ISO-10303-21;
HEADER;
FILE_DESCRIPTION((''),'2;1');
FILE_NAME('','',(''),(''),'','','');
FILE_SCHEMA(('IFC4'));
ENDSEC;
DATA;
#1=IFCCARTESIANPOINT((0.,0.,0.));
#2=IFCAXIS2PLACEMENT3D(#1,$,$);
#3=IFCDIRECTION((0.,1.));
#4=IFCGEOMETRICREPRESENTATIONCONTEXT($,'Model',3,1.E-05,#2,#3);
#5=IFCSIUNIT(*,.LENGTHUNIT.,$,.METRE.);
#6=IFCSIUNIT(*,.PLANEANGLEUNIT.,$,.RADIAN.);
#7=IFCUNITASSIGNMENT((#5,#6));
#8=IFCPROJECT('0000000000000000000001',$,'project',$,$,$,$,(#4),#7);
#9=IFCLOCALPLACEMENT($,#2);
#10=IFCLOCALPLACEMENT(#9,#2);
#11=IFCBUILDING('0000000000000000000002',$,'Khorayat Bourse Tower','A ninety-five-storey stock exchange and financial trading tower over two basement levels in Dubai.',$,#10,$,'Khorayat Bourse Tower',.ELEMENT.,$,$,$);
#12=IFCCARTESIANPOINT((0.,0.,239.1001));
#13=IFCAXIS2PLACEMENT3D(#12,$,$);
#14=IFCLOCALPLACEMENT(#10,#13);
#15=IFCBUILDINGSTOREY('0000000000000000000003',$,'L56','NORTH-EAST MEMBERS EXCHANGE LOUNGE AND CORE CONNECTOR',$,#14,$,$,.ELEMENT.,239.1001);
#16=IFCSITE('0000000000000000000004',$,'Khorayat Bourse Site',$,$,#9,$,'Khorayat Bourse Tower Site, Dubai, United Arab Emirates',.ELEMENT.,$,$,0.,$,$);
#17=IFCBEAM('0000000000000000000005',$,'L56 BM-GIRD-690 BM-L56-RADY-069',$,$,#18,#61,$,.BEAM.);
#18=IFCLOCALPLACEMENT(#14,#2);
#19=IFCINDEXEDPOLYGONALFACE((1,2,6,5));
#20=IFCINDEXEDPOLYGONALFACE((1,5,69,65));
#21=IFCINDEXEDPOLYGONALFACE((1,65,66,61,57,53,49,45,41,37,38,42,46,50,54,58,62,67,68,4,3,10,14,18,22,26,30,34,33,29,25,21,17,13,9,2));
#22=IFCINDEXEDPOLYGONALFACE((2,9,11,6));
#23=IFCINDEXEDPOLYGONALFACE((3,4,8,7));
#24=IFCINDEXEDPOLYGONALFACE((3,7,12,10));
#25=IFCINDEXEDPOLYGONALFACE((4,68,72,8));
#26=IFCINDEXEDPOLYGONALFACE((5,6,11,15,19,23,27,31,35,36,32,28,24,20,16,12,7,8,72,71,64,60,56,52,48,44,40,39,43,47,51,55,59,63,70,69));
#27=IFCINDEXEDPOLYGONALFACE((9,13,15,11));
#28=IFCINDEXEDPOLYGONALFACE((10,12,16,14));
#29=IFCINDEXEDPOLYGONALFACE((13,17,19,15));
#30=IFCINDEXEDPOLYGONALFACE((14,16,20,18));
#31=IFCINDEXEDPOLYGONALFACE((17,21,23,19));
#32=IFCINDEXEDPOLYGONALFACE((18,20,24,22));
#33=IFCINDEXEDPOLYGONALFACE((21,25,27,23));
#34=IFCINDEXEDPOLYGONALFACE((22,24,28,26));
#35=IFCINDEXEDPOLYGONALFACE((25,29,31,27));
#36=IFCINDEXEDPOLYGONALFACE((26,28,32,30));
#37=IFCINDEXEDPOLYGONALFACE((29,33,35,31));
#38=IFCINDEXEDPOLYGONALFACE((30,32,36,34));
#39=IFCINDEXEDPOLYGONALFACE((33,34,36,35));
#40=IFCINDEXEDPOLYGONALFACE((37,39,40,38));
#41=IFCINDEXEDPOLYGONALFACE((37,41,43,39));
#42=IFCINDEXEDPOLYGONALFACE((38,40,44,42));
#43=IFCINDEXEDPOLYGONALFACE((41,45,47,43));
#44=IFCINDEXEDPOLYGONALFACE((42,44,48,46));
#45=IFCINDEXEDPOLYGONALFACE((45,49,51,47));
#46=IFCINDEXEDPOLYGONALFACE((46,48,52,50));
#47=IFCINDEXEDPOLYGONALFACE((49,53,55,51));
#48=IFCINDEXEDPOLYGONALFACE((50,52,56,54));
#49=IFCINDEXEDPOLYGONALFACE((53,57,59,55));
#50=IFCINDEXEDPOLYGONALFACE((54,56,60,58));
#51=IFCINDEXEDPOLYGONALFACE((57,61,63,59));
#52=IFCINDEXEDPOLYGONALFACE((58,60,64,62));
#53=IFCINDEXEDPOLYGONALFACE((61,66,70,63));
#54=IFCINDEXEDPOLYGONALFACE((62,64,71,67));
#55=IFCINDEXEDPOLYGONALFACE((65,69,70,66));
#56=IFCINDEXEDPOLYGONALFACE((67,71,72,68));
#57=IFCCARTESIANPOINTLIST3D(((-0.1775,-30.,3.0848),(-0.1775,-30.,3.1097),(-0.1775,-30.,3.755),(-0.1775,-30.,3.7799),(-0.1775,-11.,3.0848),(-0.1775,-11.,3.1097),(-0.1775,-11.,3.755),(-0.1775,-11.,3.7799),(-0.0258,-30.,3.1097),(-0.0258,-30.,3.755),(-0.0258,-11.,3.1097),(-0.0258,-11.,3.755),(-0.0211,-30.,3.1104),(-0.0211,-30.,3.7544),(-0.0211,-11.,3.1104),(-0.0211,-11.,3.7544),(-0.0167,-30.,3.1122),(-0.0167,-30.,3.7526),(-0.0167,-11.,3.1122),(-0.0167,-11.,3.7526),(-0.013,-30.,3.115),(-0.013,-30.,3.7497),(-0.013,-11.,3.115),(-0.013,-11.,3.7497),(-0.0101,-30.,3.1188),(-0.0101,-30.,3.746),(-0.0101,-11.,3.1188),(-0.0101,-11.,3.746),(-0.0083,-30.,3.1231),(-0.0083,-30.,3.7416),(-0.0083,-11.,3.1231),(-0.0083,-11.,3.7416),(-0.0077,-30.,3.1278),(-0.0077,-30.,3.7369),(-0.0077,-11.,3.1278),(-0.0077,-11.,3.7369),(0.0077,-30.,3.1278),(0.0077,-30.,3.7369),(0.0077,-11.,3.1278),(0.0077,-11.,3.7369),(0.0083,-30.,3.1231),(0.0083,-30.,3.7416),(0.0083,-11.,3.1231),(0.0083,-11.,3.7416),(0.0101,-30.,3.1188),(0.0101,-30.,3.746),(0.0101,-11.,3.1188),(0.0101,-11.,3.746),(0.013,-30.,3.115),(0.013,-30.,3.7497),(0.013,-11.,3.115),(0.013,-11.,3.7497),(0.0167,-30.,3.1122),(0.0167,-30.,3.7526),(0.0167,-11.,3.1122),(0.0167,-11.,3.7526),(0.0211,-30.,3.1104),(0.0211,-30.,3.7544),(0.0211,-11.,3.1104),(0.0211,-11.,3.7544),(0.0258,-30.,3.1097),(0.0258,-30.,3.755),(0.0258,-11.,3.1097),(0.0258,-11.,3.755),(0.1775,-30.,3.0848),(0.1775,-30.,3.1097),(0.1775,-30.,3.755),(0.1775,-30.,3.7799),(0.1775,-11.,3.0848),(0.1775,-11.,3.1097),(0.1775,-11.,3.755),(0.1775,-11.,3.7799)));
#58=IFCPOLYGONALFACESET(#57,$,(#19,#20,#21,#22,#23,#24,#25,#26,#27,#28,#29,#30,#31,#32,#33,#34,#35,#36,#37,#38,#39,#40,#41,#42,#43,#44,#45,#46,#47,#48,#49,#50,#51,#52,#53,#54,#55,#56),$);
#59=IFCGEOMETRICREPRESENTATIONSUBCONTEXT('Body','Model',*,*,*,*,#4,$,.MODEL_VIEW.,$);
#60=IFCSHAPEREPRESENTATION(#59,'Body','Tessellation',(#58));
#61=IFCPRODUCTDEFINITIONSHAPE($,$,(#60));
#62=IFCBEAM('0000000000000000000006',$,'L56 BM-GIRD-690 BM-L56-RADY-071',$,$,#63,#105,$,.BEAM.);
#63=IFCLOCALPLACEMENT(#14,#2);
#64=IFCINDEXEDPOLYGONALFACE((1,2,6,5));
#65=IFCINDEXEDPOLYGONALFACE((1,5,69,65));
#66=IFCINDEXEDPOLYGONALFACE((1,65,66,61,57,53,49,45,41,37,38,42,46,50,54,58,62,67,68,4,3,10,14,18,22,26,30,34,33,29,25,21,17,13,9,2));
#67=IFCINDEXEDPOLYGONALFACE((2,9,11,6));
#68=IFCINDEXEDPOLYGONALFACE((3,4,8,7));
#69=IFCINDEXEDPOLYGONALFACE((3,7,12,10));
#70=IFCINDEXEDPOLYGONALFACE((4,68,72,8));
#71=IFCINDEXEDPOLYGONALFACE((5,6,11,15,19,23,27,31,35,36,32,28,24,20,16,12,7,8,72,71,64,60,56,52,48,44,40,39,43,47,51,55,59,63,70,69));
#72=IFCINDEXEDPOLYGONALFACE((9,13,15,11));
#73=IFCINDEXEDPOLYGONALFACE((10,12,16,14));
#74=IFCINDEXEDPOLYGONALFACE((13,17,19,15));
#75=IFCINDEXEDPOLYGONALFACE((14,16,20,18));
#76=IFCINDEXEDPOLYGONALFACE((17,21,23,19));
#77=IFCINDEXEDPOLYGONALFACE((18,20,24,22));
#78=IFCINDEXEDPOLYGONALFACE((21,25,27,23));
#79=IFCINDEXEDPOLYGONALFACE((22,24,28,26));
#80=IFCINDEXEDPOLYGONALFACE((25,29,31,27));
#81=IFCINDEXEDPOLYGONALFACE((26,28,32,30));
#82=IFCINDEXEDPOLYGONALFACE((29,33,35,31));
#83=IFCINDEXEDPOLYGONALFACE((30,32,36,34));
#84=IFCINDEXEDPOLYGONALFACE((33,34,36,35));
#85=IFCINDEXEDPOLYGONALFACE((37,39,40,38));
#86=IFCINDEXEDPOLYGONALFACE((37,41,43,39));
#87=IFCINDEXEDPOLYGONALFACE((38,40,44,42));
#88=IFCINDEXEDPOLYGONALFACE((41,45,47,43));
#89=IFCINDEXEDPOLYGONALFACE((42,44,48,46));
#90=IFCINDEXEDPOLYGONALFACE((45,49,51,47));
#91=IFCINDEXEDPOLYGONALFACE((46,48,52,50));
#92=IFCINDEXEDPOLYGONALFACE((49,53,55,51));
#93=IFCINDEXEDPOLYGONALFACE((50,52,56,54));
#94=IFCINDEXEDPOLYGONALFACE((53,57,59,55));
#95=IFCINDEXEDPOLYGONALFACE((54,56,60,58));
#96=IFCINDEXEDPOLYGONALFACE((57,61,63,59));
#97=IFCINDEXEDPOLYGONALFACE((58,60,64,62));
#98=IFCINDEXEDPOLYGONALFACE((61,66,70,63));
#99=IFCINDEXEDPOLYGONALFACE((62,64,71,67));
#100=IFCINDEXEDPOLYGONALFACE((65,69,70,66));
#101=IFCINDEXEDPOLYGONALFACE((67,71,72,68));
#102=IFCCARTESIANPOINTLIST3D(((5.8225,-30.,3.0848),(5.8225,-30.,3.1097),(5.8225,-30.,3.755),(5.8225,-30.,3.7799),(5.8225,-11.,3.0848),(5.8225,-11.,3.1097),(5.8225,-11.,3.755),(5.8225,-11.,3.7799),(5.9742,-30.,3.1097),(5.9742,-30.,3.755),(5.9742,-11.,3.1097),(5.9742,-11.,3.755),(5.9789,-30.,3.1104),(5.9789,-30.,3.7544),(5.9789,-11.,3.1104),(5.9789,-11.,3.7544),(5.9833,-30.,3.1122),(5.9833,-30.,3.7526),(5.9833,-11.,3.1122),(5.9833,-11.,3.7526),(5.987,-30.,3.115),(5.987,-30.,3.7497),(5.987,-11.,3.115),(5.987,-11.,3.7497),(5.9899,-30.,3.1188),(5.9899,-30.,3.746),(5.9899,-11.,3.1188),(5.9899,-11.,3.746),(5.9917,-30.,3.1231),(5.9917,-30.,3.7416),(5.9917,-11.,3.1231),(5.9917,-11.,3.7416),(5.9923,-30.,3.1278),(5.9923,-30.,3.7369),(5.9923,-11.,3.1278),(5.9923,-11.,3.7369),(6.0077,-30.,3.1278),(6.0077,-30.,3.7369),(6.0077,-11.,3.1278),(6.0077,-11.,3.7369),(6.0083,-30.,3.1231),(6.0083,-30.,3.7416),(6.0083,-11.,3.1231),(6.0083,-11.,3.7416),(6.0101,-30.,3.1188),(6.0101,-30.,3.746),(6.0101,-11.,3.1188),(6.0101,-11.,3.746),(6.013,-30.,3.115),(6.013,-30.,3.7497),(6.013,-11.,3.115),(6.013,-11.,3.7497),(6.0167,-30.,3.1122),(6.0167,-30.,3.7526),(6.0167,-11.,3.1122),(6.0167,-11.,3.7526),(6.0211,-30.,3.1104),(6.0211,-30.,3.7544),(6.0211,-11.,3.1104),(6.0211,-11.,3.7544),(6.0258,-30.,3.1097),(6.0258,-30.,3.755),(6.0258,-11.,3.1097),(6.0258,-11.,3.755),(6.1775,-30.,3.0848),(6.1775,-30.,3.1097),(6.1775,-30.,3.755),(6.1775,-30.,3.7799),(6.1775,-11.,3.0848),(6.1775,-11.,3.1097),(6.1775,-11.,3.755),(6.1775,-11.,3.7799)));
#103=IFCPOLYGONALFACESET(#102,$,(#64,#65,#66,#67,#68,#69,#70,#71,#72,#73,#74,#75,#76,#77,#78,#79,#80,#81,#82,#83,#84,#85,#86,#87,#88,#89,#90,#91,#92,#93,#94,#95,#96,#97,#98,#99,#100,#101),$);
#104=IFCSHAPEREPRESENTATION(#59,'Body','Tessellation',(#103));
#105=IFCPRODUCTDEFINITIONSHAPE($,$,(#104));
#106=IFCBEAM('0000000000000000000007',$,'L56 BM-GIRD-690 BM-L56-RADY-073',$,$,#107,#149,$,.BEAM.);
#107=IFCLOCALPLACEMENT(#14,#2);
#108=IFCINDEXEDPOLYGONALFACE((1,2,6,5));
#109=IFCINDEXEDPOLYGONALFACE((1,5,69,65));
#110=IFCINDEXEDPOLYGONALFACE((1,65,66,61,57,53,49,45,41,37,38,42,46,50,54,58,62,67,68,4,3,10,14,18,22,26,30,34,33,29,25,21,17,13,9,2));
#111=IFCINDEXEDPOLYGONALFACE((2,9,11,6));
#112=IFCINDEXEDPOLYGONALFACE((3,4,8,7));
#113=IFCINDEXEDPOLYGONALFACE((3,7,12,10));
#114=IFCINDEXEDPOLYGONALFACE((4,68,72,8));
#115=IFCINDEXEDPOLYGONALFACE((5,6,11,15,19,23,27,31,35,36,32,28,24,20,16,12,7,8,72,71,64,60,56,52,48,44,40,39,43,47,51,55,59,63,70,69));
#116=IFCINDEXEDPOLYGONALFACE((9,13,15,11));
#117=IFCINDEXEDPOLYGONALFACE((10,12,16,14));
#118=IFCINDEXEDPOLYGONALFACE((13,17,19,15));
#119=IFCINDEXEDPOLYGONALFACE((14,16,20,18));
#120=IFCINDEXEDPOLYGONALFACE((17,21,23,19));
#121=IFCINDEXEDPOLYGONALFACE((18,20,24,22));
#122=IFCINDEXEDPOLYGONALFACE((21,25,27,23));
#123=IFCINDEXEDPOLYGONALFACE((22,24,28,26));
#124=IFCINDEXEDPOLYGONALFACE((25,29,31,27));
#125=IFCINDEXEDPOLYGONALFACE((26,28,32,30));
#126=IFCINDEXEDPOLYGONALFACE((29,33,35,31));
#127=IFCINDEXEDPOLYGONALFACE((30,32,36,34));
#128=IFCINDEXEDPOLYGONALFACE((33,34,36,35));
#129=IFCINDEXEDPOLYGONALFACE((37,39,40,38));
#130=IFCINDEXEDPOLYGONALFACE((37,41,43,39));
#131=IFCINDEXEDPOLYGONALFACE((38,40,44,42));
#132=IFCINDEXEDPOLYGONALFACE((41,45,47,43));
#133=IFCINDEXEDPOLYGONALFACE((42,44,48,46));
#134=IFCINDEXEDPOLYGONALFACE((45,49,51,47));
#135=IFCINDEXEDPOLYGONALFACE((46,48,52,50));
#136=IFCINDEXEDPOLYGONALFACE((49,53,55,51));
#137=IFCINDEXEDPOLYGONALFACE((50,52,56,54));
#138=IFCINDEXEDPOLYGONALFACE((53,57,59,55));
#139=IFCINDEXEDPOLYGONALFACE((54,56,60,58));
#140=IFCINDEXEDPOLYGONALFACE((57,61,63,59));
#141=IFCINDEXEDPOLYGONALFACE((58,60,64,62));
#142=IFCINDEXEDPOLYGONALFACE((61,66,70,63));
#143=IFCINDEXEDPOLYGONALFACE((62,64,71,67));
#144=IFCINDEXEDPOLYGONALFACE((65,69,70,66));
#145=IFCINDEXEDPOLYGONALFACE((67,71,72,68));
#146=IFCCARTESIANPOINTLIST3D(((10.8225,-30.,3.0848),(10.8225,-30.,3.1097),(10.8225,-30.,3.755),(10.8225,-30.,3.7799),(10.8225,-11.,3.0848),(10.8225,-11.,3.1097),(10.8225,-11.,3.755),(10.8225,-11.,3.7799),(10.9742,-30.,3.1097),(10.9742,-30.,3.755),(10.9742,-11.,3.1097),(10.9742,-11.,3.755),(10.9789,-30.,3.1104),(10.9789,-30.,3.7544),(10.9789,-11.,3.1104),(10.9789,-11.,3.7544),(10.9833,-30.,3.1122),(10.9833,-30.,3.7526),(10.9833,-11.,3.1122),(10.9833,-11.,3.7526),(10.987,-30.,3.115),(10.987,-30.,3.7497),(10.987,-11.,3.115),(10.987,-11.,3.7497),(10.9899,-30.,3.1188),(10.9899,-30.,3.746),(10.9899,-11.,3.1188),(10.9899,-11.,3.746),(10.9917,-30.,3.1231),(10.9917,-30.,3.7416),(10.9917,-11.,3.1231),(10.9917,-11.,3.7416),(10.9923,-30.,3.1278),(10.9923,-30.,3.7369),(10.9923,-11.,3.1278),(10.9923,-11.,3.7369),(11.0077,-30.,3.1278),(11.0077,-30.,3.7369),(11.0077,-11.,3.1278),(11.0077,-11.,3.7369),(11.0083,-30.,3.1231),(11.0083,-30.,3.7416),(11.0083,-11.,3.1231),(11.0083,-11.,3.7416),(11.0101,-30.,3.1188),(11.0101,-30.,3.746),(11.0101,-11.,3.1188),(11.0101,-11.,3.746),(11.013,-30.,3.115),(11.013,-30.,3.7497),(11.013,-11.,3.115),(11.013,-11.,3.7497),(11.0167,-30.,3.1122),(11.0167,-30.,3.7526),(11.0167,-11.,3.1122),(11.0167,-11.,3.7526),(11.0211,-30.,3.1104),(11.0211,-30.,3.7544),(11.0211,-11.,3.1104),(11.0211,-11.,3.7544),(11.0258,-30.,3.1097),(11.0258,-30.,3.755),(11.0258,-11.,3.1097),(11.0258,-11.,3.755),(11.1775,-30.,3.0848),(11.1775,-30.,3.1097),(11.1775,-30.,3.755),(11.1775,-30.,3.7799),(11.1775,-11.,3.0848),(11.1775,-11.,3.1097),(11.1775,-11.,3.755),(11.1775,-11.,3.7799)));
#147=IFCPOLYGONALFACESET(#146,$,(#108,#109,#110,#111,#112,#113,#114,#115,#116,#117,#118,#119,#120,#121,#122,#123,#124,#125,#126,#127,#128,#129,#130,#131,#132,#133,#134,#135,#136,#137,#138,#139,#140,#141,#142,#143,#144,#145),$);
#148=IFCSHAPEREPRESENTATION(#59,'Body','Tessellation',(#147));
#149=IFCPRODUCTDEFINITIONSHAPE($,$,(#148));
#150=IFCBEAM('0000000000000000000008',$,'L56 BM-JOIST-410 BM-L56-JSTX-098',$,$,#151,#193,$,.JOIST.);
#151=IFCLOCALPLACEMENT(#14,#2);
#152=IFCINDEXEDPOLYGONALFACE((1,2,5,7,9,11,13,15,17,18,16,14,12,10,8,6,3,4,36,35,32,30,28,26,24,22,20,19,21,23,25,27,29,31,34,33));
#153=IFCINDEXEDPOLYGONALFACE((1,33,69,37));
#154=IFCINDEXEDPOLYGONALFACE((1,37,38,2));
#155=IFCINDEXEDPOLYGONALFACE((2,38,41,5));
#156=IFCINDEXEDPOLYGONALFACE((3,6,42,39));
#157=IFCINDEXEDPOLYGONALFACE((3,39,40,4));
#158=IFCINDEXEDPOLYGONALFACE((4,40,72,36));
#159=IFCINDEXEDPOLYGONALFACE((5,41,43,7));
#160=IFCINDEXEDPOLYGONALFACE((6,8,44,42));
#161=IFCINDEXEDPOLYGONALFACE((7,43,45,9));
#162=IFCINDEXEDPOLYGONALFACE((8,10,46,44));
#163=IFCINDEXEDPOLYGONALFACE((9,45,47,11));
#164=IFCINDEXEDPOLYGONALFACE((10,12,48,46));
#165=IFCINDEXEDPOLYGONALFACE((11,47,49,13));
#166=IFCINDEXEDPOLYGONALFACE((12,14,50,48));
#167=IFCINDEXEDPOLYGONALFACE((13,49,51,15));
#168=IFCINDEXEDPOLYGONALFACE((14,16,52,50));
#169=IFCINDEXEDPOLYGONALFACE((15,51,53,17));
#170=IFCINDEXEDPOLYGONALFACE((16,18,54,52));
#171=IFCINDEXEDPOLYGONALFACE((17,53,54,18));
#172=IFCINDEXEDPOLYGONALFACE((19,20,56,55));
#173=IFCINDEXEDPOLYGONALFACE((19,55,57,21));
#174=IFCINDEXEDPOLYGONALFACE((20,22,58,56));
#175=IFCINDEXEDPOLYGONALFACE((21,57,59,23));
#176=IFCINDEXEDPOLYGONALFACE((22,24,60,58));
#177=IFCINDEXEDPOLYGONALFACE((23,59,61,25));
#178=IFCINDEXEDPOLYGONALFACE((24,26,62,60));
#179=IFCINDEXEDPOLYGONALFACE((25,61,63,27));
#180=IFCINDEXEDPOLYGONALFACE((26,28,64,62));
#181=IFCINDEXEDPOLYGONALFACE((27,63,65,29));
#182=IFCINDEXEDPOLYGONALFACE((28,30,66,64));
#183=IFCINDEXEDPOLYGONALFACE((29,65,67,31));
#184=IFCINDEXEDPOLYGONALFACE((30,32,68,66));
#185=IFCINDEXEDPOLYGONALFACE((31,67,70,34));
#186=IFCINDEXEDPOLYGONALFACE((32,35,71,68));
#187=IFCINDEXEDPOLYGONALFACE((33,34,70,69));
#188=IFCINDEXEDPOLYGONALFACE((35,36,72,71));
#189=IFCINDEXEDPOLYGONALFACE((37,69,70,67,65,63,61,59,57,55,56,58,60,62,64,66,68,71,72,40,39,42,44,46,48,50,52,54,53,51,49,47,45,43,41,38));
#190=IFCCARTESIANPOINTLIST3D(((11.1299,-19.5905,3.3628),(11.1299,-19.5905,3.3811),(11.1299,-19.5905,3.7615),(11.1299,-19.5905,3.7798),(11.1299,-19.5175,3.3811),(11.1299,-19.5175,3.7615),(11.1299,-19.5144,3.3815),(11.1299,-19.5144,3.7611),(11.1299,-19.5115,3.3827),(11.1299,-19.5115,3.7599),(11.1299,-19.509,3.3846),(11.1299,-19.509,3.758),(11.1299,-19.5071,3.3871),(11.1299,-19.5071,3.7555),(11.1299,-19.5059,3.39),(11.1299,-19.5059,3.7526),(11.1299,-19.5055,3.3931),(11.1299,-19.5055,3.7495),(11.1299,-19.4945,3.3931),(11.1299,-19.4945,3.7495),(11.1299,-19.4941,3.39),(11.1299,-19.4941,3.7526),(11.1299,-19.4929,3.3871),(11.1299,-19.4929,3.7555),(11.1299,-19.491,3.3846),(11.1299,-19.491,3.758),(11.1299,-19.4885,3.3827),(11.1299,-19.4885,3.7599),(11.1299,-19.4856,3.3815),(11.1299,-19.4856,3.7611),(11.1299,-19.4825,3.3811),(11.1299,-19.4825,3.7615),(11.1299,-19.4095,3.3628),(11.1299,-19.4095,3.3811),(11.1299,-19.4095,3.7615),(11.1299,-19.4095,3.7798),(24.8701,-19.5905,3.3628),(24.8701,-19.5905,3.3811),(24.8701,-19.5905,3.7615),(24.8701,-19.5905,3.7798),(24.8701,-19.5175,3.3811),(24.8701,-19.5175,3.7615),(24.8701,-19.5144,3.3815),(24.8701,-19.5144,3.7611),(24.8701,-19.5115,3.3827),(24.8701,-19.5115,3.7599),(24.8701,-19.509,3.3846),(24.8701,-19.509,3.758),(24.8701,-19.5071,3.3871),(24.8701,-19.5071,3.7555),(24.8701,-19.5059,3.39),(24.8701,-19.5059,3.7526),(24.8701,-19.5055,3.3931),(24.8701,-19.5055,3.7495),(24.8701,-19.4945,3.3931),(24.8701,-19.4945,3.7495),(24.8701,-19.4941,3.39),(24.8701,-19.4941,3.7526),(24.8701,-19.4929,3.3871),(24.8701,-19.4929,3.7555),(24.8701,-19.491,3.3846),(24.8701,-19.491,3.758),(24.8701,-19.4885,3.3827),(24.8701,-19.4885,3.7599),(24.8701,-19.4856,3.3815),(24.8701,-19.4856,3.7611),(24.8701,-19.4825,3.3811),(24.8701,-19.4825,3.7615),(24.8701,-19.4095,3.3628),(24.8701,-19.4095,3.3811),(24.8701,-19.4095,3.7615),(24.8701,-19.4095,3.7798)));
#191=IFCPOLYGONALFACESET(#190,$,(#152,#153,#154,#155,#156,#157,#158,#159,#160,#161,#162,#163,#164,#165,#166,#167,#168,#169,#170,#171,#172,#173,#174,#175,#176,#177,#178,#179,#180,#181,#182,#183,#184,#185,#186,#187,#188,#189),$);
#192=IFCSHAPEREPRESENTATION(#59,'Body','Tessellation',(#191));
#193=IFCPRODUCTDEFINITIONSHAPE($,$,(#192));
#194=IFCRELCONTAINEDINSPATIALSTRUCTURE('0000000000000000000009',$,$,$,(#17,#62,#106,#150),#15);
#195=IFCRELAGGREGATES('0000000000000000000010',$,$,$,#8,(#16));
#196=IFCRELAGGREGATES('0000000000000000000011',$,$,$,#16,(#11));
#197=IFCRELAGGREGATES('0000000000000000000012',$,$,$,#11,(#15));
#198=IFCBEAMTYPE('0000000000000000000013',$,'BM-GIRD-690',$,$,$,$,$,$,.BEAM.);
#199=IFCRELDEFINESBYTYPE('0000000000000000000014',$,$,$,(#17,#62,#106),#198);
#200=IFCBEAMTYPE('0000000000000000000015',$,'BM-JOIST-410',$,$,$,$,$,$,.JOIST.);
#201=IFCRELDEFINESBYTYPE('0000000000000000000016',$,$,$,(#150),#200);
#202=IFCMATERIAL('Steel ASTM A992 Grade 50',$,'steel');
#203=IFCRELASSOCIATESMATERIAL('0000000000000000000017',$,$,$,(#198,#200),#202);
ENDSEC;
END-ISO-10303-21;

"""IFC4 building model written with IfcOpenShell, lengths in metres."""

from ifc_helpers import new_model, si_unit, direction, frame, origin, origin_2d, place, context, subcontext, project, spatial, i_section, extrude, source, transform, mapped, material, material_profile, profile_set, type_object, element, save


model = new_model("IFC4")

# Units and contexts
model_context = context("Model", 3, precision=1e-05, world=origin(), true_north=direction((0.0, 1.0)))
body_context = subcontext(model_context, "Body", "Model", "MODEL_VIEW")
ifc_project = project(units=[si_unit("LENGTHUNIT", "METRE"), si_unit("PLANEANGLEUNIT", "RADIAN")], contexts=[model_context])

# Site, building, storey
site_placement = place(None, origin())
site = spatial("IfcSite", under=ifc_project, at=site_placement, Name="Khorayat Bourse Site", LongName="Khorayat Bourse Tower Site, Dubai, United Arab Emirates", CompositionType="ELEMENT", RefElevation=0.0)
building_placement = place(site_placement, origin())
building = spatial("IfcBuilding", under=site, at=building_placement, Name="Khorayat Bourse Tower", Description="A ninety-five-storey stock exchange and financial trading tower over two basement levels in Dubai.", LongName="Khorayat Bourse Tower", CompositionType="ELEMENT")
storey_placement = place(building_placement, frame((0.0, 0.0, 239.1001)))
storey = spatial("IfcBuildingStorey", under=building, at=storey_placement, Name="L56", Description="NORTH-EAST MEMBERS EXCHANGE LOUNGE AND CORE CONNECTOR", CompositionType="ELEMENT", Elevation=239.1001)

# Beams
ifc_material_1 = material(Name="Steel ASTM A992 Grade 50", Category="steel")
ifc_material_profile_1 = material_profile(ifc_material_1, i_section(OverallWidth=0.355, OverallDepth=0.6951, WebThickness=0.0154, FlangeThickness=0.0249, FilletRadius=0.0181, at=origin_2d()), Name="W690X217")
ifc_profile_set_1 = profile_set([ifc_material_profile_1], Name="Steel ASTM A992 Grade 50")
beam_type_1 = type_object("IfcBeamType", Name="BM-GIRD-690", PredefinedType="BEAM", material=ifc_profile_set_1)
shared_shape_1 = source(origin(), body_context, "Body", "SweptSolid", [
    extrude(i_section(OverallWidth=0.355, OverallDepth=0.6951, WebThickness=0.0154, FlangeThickness=0.0249, FilletRadius=0.0181, at=origin_2d()), origin(), (0.0, 0.0, 1.0), 19.0),
])
for number, where, z_axis, x_axis, name in (
    (1, (0.0, -30.0, 3.4324), (0.0, 1.0, 0.0), (-1.0, 0.0, 0.0), "L56 BM-GIRD-690 BM-L56-RADY-069"),
    (2, (6.0, -30.0, 3.4324), (0.0, 1.0, 0.0), (-1.0, 0.0, 0.0), "L56 BM-GIRD-690 BM-L56-RADY-071"),
    (3, (11.0, -30.0, 3.4324), (0.0, 1.0, 0.0), (-1.0, 0.0, 0.0), "L56 BM-GIRD-690 BM-L56-RADY-073"),
):
    element("IfcBeam", number, at=place(storey_placement, frame(where, z_axis=z_axis, x_axis=x_axis)), inside=storey, type_object=beam_type_1, Name=name, PredefinedType="BEAM", context=body_context, shape_type="MappedRepresentation", body=[
        mapped(shared_shape_1, transform((0.0, 0.0, 0.0), scale=1.0)),
    ])
ifc_material_profile_2 = material_profile(ifc_material_1, i_section(OverallWidth=0.1809, OverallDepth=0.417, WebThickness=0.011, FlangeThickness=0.0183, FilletRadius=0.012, at=origin_2d()), Name="W410X85")
ifc_profile_set_2 = profile_set([ifc_material_profile_2], Name="Steel ASTM A992 Grade 50")
beam_type_2 = type_object("IfcBeamType", Name="BM-JOIST-410", PredefinedType="JOIST", material=ifc_profile_set_2)
shared_shape_2 = source(origin(), body_context, "Body", "SweptSolid", [
    extrude(i_section(OverallWidth=0.1809, OverallDepth=0.417, WebThickness=0.011, FlangeThickness=0.0183, FilletRadius=0.012, at=origin_2d()), origin(), (0.0, 0.0, 1.0), 13.7402),
])
beam_1_placement = place(storey_placement, frame((11.1299, -19.5, 3.5713), z_axis=(1.0, 0.0, 0.0), x_axis=(0.0, 1.0, 0.0)))
element("IfcBeam", 4, at=beam_1_placement, inside=storey, type_object=beam_type_2, Name="L56 BM-JOIST-410 BM-L56-JSTX-098", PredefinedType="JOIST", context=body_context, shape_type="MappedRepresentation", body=[
    mapped(shared_shape_2, transform((0.0, 0.0, 0.0), scale=1.0)),
])

save(model, "model.ifc")
